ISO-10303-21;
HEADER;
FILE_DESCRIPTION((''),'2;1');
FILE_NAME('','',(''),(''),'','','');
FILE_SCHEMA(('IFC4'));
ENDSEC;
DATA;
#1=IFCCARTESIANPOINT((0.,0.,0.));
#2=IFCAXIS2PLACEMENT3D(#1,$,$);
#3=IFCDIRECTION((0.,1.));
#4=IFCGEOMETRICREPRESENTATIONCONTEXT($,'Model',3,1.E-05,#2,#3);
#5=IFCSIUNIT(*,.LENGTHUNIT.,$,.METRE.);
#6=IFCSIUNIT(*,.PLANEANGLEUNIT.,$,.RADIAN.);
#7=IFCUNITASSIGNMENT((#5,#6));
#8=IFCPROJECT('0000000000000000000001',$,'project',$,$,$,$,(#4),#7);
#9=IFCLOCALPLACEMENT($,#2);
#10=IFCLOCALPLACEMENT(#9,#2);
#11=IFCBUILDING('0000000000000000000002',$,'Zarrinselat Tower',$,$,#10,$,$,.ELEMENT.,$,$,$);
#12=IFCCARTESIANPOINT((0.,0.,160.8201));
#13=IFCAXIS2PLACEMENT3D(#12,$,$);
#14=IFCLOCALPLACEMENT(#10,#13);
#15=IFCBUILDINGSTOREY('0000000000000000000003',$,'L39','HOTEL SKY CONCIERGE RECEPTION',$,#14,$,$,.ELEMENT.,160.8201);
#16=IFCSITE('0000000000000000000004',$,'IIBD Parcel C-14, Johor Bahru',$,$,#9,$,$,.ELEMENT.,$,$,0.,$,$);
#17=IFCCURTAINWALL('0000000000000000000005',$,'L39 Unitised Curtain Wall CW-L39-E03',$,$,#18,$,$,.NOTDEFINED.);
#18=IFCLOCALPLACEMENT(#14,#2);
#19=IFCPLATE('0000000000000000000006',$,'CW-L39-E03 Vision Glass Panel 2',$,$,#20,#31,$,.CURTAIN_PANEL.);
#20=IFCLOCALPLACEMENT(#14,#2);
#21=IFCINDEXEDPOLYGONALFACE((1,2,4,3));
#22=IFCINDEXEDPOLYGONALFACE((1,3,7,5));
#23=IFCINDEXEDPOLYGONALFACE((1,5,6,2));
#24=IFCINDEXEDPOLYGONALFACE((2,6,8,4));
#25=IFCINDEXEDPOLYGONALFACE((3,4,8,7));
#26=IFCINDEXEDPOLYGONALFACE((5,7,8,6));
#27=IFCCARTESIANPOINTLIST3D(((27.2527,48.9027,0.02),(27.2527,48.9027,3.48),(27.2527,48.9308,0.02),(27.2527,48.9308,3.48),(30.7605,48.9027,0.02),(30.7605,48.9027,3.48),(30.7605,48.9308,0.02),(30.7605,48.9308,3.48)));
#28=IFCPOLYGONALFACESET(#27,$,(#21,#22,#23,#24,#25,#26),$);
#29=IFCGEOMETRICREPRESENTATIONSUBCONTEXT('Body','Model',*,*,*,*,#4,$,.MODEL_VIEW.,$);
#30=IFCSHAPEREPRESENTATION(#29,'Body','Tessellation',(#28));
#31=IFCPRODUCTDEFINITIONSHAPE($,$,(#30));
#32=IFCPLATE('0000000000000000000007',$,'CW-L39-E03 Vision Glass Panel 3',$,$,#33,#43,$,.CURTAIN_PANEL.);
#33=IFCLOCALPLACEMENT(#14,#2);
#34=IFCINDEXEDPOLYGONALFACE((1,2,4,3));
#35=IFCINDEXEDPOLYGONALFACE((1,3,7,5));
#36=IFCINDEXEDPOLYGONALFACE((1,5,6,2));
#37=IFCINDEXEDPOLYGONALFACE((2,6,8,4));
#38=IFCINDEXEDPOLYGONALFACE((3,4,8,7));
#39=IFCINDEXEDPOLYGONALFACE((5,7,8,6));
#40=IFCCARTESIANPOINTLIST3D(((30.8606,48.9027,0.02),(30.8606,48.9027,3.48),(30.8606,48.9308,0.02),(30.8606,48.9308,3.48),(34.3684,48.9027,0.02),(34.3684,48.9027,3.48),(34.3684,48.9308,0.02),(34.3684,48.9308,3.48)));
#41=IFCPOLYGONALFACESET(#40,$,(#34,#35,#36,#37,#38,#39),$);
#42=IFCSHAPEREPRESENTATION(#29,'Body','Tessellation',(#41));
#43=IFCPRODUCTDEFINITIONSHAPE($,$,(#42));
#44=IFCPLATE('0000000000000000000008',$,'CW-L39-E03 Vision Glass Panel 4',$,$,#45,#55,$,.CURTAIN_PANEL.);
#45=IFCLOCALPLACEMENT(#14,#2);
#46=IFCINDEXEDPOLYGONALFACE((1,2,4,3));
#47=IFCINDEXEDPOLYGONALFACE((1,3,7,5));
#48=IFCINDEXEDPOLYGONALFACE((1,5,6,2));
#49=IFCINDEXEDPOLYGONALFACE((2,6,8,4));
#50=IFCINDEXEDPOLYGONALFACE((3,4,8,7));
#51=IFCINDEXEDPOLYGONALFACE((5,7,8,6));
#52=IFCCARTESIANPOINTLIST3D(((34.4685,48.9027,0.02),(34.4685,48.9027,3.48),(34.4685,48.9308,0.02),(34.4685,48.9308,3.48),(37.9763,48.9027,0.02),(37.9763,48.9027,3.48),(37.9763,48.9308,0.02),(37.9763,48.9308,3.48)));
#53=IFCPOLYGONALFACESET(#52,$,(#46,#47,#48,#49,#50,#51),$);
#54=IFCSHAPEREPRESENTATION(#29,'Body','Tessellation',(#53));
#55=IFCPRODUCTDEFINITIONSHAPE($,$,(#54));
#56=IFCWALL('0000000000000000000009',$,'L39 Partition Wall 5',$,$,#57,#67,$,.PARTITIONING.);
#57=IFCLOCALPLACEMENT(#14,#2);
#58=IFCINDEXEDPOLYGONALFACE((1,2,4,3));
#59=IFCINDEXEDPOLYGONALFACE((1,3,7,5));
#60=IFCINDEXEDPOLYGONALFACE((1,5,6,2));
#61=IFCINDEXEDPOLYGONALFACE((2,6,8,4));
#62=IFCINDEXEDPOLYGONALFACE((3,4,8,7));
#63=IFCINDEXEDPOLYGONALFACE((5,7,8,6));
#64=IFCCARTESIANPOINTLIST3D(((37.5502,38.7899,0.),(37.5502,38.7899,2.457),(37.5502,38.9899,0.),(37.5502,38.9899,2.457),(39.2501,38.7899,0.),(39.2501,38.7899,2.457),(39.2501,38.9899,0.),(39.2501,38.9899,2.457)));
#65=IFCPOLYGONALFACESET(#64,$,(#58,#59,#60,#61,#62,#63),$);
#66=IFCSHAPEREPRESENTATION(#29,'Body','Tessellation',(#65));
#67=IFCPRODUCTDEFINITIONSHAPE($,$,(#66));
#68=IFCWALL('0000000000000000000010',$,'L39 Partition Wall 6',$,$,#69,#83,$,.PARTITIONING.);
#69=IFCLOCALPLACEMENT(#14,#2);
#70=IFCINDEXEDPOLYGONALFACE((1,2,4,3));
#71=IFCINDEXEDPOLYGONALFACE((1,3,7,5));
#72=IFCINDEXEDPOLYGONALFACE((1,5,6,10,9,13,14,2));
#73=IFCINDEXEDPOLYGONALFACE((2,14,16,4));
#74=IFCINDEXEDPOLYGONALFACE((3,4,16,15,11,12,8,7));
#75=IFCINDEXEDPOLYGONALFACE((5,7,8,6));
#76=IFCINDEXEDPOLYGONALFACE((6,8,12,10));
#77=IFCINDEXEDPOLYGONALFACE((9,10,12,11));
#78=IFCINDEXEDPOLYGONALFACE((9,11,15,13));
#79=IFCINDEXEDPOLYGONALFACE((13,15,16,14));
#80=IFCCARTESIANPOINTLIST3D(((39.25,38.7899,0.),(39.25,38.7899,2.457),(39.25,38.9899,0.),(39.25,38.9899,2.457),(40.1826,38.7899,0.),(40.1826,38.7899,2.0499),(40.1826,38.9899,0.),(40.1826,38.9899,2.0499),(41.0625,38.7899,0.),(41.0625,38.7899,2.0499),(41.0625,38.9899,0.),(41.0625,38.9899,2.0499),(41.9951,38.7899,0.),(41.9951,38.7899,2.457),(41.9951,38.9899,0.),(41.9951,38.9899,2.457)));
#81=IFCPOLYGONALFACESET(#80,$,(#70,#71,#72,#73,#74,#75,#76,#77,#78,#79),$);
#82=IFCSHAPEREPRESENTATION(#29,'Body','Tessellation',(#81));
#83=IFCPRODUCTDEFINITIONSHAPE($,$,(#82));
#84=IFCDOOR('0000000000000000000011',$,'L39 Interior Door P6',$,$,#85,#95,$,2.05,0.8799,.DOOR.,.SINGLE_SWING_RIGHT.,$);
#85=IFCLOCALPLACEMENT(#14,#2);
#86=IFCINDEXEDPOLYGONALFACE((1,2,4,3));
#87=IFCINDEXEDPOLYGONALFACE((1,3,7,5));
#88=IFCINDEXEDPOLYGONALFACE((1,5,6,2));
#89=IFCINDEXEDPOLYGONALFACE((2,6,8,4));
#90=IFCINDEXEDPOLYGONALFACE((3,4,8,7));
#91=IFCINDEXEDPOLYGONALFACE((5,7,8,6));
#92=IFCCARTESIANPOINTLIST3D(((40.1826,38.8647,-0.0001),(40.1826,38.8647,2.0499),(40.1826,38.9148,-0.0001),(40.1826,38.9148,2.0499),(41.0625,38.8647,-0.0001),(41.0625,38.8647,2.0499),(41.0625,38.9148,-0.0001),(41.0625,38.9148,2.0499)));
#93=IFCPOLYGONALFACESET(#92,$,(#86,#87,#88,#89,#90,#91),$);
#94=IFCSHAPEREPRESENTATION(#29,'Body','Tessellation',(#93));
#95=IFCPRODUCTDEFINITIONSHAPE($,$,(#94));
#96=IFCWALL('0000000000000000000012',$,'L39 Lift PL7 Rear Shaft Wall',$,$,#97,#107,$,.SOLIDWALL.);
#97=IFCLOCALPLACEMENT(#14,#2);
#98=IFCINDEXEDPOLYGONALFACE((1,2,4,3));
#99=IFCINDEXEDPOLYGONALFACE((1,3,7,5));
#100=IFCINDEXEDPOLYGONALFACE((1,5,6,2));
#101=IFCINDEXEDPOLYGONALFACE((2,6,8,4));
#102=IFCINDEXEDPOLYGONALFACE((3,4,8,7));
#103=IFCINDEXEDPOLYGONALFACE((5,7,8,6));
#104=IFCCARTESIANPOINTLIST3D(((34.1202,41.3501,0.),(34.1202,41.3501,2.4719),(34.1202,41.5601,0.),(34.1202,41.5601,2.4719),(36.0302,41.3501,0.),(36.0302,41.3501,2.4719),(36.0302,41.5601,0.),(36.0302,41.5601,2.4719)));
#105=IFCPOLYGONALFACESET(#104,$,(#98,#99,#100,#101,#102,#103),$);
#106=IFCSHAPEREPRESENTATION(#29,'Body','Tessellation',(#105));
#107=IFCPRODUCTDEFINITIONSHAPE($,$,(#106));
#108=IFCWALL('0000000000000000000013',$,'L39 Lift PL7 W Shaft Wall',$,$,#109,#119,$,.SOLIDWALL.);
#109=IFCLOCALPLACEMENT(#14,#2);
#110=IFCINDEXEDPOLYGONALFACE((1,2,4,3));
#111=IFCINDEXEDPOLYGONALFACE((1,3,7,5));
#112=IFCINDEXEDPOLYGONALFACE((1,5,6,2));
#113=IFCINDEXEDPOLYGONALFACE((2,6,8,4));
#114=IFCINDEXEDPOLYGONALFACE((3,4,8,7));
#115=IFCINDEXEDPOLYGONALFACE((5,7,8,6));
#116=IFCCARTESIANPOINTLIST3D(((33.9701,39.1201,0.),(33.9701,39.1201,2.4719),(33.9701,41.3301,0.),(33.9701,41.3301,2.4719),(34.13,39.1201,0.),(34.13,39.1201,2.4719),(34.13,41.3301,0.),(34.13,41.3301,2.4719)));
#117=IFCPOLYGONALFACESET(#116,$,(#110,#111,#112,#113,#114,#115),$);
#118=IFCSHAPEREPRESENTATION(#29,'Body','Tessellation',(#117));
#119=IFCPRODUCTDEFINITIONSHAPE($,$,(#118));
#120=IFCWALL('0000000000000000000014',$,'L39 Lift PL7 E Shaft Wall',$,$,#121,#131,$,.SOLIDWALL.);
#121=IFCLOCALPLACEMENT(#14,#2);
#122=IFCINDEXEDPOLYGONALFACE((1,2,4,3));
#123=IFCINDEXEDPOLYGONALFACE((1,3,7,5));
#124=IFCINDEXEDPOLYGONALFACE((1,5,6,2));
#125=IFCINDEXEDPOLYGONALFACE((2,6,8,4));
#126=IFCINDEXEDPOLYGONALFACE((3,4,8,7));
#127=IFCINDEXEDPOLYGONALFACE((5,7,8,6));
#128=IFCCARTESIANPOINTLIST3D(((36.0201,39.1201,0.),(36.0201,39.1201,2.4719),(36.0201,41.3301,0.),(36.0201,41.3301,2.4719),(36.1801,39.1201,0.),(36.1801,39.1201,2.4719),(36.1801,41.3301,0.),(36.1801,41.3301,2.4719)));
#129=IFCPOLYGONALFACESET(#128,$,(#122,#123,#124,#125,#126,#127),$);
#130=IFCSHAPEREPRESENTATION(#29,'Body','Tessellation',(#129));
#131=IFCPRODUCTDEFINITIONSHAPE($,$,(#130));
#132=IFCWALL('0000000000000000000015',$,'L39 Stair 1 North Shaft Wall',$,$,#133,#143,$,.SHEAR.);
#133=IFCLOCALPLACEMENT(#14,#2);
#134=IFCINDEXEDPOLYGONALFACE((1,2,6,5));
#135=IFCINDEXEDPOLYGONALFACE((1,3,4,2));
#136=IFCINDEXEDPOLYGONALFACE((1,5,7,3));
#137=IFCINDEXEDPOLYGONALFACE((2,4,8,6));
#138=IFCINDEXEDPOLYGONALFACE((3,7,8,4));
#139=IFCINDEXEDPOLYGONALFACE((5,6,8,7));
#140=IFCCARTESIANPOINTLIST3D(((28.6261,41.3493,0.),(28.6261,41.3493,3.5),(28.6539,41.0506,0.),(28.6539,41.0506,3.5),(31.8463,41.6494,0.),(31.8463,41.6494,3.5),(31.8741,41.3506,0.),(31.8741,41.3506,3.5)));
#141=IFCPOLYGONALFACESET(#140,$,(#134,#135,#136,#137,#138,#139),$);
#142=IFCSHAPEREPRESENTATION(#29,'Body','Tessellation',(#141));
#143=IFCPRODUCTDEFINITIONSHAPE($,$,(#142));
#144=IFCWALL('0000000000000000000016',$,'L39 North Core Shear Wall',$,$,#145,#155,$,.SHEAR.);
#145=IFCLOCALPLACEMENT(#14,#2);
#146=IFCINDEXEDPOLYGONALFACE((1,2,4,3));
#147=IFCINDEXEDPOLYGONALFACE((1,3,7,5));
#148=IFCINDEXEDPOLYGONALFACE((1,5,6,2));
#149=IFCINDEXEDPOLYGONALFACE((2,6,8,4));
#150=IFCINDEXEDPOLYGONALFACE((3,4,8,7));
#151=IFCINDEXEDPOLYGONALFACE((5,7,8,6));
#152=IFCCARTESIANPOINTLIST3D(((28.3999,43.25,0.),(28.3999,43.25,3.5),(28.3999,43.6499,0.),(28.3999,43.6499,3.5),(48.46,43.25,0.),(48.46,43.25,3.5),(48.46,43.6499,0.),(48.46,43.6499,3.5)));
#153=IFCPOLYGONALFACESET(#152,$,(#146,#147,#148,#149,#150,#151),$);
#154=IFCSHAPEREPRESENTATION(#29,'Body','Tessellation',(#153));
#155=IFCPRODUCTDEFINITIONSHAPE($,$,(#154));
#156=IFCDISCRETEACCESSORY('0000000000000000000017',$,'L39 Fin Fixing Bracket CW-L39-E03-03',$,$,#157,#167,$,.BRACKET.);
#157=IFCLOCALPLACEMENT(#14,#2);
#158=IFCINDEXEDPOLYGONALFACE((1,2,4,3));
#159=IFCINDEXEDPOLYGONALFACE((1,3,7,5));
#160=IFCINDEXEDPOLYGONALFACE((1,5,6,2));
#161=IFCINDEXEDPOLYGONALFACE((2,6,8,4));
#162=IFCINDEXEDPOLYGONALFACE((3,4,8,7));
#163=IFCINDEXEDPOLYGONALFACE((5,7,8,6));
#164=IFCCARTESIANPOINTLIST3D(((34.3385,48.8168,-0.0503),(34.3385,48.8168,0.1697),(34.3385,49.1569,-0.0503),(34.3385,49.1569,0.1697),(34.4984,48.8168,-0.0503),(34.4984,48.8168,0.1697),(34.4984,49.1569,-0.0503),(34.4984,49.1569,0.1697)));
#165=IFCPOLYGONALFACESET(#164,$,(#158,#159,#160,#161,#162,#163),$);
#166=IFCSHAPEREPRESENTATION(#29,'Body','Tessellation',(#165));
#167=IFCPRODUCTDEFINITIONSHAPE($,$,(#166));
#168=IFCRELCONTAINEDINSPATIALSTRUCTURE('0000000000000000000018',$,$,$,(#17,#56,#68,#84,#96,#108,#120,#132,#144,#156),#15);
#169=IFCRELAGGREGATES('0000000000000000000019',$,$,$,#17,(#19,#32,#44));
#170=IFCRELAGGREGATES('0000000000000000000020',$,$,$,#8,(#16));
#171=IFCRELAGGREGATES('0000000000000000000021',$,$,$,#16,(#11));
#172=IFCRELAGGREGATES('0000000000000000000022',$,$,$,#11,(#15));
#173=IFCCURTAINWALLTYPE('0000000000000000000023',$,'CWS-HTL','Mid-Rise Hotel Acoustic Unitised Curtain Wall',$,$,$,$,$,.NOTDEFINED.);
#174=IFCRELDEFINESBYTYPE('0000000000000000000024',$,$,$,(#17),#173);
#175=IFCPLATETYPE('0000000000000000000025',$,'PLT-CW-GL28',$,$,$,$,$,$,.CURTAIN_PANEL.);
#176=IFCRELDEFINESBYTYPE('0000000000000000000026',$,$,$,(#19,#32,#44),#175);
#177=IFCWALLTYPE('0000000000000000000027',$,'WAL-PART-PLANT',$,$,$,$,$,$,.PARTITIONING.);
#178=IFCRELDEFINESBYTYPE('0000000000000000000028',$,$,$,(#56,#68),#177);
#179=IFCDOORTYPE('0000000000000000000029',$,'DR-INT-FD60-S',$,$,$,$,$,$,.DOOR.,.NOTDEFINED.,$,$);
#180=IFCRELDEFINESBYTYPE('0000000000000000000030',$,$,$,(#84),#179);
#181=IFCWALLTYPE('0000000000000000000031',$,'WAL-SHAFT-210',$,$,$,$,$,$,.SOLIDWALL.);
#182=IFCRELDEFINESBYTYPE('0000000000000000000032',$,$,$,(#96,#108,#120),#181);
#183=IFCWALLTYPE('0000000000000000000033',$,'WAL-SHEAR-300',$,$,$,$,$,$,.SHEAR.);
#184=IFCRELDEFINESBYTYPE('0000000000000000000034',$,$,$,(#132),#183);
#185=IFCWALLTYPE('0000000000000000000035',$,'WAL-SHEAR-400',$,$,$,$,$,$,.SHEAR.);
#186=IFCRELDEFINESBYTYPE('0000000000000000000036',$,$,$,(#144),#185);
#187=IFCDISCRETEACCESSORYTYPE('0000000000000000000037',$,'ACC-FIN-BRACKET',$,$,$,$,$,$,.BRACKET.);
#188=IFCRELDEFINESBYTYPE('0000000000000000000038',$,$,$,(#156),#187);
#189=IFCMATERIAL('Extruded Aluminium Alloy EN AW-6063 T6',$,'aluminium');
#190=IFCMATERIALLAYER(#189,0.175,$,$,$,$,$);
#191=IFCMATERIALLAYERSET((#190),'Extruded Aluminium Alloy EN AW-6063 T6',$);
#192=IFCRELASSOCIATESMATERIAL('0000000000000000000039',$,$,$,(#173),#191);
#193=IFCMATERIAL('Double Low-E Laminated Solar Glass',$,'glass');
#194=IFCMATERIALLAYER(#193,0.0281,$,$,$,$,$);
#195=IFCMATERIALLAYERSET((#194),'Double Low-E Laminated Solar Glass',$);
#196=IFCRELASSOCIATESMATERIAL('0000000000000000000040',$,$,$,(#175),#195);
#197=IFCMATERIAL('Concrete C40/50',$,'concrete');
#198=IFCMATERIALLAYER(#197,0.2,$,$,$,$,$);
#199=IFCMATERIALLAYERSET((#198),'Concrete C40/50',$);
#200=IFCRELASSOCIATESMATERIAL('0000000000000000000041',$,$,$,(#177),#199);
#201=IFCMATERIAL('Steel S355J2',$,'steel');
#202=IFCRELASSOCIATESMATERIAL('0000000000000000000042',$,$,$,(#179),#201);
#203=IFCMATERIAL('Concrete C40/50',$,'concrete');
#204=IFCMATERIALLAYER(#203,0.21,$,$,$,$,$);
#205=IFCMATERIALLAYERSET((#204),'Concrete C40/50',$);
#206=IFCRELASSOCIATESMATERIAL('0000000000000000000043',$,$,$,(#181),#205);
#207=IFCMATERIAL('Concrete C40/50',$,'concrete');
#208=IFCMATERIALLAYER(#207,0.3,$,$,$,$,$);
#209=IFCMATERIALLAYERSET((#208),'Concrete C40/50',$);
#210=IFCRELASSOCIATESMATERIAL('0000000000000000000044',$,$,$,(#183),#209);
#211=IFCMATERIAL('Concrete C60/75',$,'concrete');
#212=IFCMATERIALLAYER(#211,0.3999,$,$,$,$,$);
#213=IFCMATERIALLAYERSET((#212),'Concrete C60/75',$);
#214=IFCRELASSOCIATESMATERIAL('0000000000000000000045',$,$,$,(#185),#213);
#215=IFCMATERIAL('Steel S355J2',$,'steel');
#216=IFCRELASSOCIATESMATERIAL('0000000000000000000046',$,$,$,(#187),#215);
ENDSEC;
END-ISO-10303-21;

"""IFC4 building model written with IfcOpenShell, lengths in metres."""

from ifc_helpers import new_model, si_unit, direction, frame, frame_2d, origin, origin_2d, place, context, subcontext, project, spatial, rectangle, extrude, material, layer, layer_set, type_object, element, fill, aggregate, save


model = new_model("IFC4")

# Units and contexts
model_context = context("Model", 3, precision=1e-05, world=origin(), true_north=direction((0.0, 1.0)))
body_context = subcontext(model_context, "Body", "Model", "MODEL_VIEW")
ifc_project = project(units=[si_unit("LENGTHUNIT", "METRE"), si_unit("PLANEANGLEUNIT", "RADIAN")], contexts=[model_context])

# Site, building, storey
site_placement = place(None, origin())
site = spatial("IfcSite", under=ifc_project, at=site_placement, Name="IIBD Parcel C-14, Johor Bahru", CompositionType="ELEMENT", RefElevation=0.0)
building_placement = place(site_placement, origin())
building = spatial("IfcBuilding", under=site, at=building_placement, Name="Zarrinselat Tower", CompositionType="ELEMENT")
storey_placement = place(building_placement, frame((0.0, 0.0, 160.8201)))
storey = spatial("IfcBuildingStorey", under=building, at=storey_placement, Name="L39", Description="HOTEL SKY CONCIERGE RECEPTION", CompositionType="ELEMENT", Elevation=160.8201)

# Curtain wall, plates
ifc_material_1 = material(Name="Extruded Aluminium Alloy EN AW-6063 T6", Category="aluminium")
ifc_layer_1 = layer(ifc_material_1, 0.175)
ifc_layer_set_1 = layer_set([ifc_layer_1], Name="Extruded Aluminium Alloy EN AW-6063 T6")
curtain_wall_type = type_object("IfcCurtainWallType", Name="CWS-HTL", Description="Mid-Rise Hotel Acoustic Unitised Curtain Wall", PredefinedType="NOTDEFINED", material=ifc_layer_set_1)
curtain_wall_placement = place(storey_placement, origin())
curtain_wall = element("IfcCurtainWall", 1, at=curtain_wall_placement, inside=storey, type_object=curtain_wall_type, Name="L39 Unitised Curtain Wall CW-L39-E03", PredefinedType="NOTDEFINED")
ifc_material_2 = material(Name="Double Low-E Laminated Solar Glass", Category="glass")
ifc_layer_2 = layer(ifc_material_2, 0.0281)
ifc_layer_set_2 = layer_set([ifc_layer_2], Name="Double Low-E Laminated Solar Glass")
plate_type = type_object("IfcPlateType", Name="PLT-CW-GL28", PredefinedType="CURTAIN_PANEL", material=ifc_layer_set_2)
plate_1_placement = place(storey_placement, frame((29.0066, 48.9167, 0.02), z_axis=(0.0, 0.0, 1.0), x_axis=(1.0, 0.0, 0.0)))
plate_1 = element("IfcPlate", 2, at=plate_1_placement, type_object=plate_type, Name="CW-L39-E03 Vision Glass Panel 2", PredefinedType="CURTAIN_PANEL", context=body_context, shape_type="SweptSolid", body=[
    extrude(rectangle(XDim=3.5078, YDim=0.0281, at=origin_2d()), origin(), (0.0, 0.0, 1.0), 3.46),
])
plate_2_placement = place(storey_placement, frame((32.6145, 48.9167, 0.02), z_axis=(0.0, 0.0, 1.0), x_axis=(1.0, 0.0, 0.0)))
plate_2 = element("IfcPlate", 3, at=plate_2_placement, type_object=plate_type, Name="CW-L39-E03 Vision Glass Panel 3", PredefinedType="CURTAIN_PANEL", context=body_context, shape_type="SweptSolid", body=[
    extrude(rectangle(XDim=3.5078, YDim=0.0281, at=origin_2d()), origin(), (0.0, 0.0, 1.0), 3.46),
])
plate_3_placement = place(storey_placement, frame((36.2224, 48.9167, 0.02), z_axis=(0.0, 0.0, 1.0), x_axis=(1.0, 0.0, 0.0)))
plate_3 = element("IfcPlate", 4, at=plate_3_placement, type_object=plate_type, Name="CW-L39-E03 Vision Glass Panel 4", PredefinedType="CURTAIN_PANEL", context=body_context, shape_type="SweptSolid", body=[
    extrude(rectangle(XDim=3.5078, YDim=0.0281, at=origin_2d()), origin(), (0.0, 0.0, 1.0), 3.46),
])
aggregate(curtain_wall, [plate_1, plate_2, plate_3])

# Wall
ifc_material_3 = material(Name="Concrete C40/50", Category="concrete")
ifc_layer_3 = layer(ifc_material_3, 0.2)
ifc_layer_set_3 = layer_set([ifc_layer_3], Name="Concrete C40/50")
wall_type_1 = type_object("IfcWallType", Name="WAL-PART-PLANT", PredefinedType="PARTITIONING", material=ifc_layer_set_3)
wall_1_placement = place(storey_placement, frame((37.55, 38.8899, 0.0), z_axis=(0.0, 0.0, 1.0), x_axis=(1.0, 0.0, 0.0)))
element("IfcWall", 5, at=wall_1_placement, inside=storey, type_object=wall_type_1, Name="L39 Partition Wall 5", PredefinedType="PARTITIONING", context=body_context, shape_type="SweptSolid", body=[
    extrude(rectangle(XDim=1.7, YDim=0.2, at=frame_2d((0.8501, 0.0))), origin(), (0.0, 0.0, 1.0), 2.457),
])

# Wall, opening, door
wall_2_placement = place(storey_placement, frame((39.25, 38.8899, 0.0), z_axis=(0.0, 0.0, 1.0), x_axis=(1.0, 0.0, 0.0)))
wall_2 = element("IfcWall", 6, at=wall_2_placement, inside=storey, type_object=wall_type_1, Name="L39 Partition Wall 6", PredefinedType="PARTITIONING", context=body_context, shape_type="SweptSolid", body=[
    extrude(rectangle(XDim=2.7451, YDim=0.2, at=frame_2d((1.3726, 0.0))), origin(), (0.0, 0.0, 1.0), 2.457),
])
opening_placement = place(wall_2_placement, frame((0.9326, 0.0, 0.0)))
opening = element("IfcOpeningElement", 7, at=opening_placement, cuts=wall_2, PredefinedType="OPENING", context=body_context, shape_type="SweptSolid", body=[
    extrude(rectangle(XDim=0.8799, YDim=2.05, at=frame_2d((0.4399, 1.0249))), frame((0.0, 0.1099, 0.0), z_axis=(0.0, -1.0, 0.0), x_axis=(1.0, 0.0, 0.0)), (0.0, 0.0, 1.0), 0.22),
])
ifc_material_4 = material(Name="Steel S355J2", Category="steel")
door_type = type_object("IfcDoorType", Name="DR-INT-FD60-S", OperationType="NOTDEFINED", PredefinedType="DOOR", material=ifc_material_4)
door_placement = place(opening_placement, origin())
door = element("IfcDoor", 8, at=door_placement, inside=storey, type_object=door_type, Name="L39 Interior Door P6", OperationType="SINGLE_SWING_RIGHT", OverallHeight=2.05, OverallWidth=0.8799, PredefinedType="DOOR", context=body_context, shape_type="SweptSolid", body=[
    extrude(rectangle(XDim=0.8799, YDim=2.05, at=frame_2d((0.4399, 1.0249))), frame((0.0, 0.0249, 0.0), z_axis=(0.0, -1.0, 0.0), x_axis=(1.0, 0.0, 0.0)), (0.0, 0.0, 1.0), 0.05),
])
fill(opening, door)

# Walls
ifc_material_5 = material(Name="Concrete C40/50", Category="concrete")
ifc_layer_4 = layer(ifc_material_5, 0.21)
ifc_layer_set_4 = layer_set([ifc_layer_4], Name="Concrete C40/50")
wall_type_2 = type_object("IfcWallType", Name="WAL-SHAFT-210", PredefinedType="SOLIDWALL", material=ifc_layer_set_4)
wall_3_placement = place(storey_placement, frame((34.1201, 41.4551, 0.0), z_axis=(0.0, 0.0, 1.0), x_axis=(1.0, 0.0, 0.0)))
element("IfcWall", 9, at=wall_3_placement, inside=storey, type_object=wall_type_2, Name="L39 Lift PL7 Rear Shaft Wall", PredefinedType="SOLIDWALL", context=body_context, shape_type="SweptSolid", body=[
    extrude(rectangle(XDim=1.9099, YDim=0.21, at=frame_2d((0.9551, 0.0))), origin(), (0.0, 0.0, 1.0), 2.4719),
])
for number, where, z_axis, x_axis, name in (
    (10, (34.05, 39.1201, 0.0), (0.0, 0.0, 1.0), (0.0, 1.0, 0.0), "L39 Lift PL7 W Shaft Wall"),
    (11, (36.1001, 39.1201, 0.0), (0.0, 0.0, 1.0), (0.0, 1.0, 0.0), "L39 Lift PL7 E Shaft Wall"),
):
    element("IfcWall", number, at=place(storey_placement, frame(where, z_axis=z_axis, x_axis=x_axis)), inside=storey, type_object=wall_type_2, Name=name, PredefinedType="SOLIDWALL", context=body_context, shape_type="SweptSolid", body=[
        extrude(rectangle(XDim=2.21, YDim=0.1599, at=frame_2d((1.105, 0.0))), origin(), (0.0, 0.0, 1.0), 2.4719),
    ])
ifc_material_6 = material(Name="Concrete C40/50", Category="concrete")
ifc_layer_5 = layer(ifc_material_6, 0.3)
ifc_layer_set_5 = layer_set([ifc_layer_5], Name="Concrete C40/50")
wall_type_3 = type_object("IfcWallType", Name="WAL-SHEAR-300", PredefinedType="SHEAR", material=ifc_layer_set_5)
wall_4_placement = place(storey_placement, frame((28.6399, 41.2, 0.0), z_axis=(0.0, 0.0, 1.0), x_axis=(0.995687, 0.092775, 0.0)))
element("IfcWall", 12, at=wall_4_placement, inside=storey, type_object=wall_type_3, Name="L39 Stair 1 North Shaft Wall", PredefinedType="SHEAR", context=body_context, shape_type="SweptSolid", body=[
    extrude(rectangle(XDim=3.2341, YDim=0.3, at=frame_2d((1.6172, 0.0))), origin(), (0.0, 0.0, 1.0), 3.5),
])
ifc_material_7 = material(Name="Concrete C60/75", Category="concrete")
ifc_layer_6 = layer(ifc_material_7, 0.3999)
ifc_layer_set_6 = layer_set([ifc_layer_6], Name="Concrete C60/75")
wall_type_4 = type_object("IfcWallType", Name="WAL-SHEAR-400", PredefinedType="SHEAR", material=ifc_layer_set_6)
wall_5_placement = place(storey_placement, frame((28.3999, 43.45, 0.0), z_axis=(0.0, 0.0, 1.0), x_axis=(1.0, 0.0, 0.0)))
element("IfcWall", 13, at=wall_5_placement, inside=storey, type_object=wall_type_4, Name="L39 North Core Shear Wall", PredefinedType="SHEAR", context=body_context, shape_type="SweptSolid", body=[
    extrude(rectangle(XDim=20.0601, YDim=0.3999, at=frame_2d((10.03, 0.0))), origin(), (0.0, 0.0, 1.0), 3.5),
])

# Discrete accessory
ifc_material_8 = material(Name="Steel S355J2", Category="steel")
discrete_accessory_type = type_object("IfcDiscreteAccessoryType", Name="ACC-FIN-BRACKET", PredefinedType="BRACKET", material=ifc_material_8)
discrete_accessory_placement = place(storey_placement, frame((34.4185, 48.9868, -0.0503), z_axis=(0.0, 0.0, 1.0), x_axis=(0.0, 1.0, 0.0)))
element("IfcDiscreteAccessory", 14, at=discrete_accessory_placement, inside=storey, type_object=discrete_accessory_type, Name="L39 Fin Fixing Bracket CW-L39-E03-03", PredefinedType="BRACKET", context=body_context, shape_type="SweptSolid", body=[
    extrude(rectangle(XDim=0.3401, YDim=0.1599, at=origin_2d()), origin(), (0.0, 0.0, 1.0), 0.22),
])

save(model, "model.ifc")
